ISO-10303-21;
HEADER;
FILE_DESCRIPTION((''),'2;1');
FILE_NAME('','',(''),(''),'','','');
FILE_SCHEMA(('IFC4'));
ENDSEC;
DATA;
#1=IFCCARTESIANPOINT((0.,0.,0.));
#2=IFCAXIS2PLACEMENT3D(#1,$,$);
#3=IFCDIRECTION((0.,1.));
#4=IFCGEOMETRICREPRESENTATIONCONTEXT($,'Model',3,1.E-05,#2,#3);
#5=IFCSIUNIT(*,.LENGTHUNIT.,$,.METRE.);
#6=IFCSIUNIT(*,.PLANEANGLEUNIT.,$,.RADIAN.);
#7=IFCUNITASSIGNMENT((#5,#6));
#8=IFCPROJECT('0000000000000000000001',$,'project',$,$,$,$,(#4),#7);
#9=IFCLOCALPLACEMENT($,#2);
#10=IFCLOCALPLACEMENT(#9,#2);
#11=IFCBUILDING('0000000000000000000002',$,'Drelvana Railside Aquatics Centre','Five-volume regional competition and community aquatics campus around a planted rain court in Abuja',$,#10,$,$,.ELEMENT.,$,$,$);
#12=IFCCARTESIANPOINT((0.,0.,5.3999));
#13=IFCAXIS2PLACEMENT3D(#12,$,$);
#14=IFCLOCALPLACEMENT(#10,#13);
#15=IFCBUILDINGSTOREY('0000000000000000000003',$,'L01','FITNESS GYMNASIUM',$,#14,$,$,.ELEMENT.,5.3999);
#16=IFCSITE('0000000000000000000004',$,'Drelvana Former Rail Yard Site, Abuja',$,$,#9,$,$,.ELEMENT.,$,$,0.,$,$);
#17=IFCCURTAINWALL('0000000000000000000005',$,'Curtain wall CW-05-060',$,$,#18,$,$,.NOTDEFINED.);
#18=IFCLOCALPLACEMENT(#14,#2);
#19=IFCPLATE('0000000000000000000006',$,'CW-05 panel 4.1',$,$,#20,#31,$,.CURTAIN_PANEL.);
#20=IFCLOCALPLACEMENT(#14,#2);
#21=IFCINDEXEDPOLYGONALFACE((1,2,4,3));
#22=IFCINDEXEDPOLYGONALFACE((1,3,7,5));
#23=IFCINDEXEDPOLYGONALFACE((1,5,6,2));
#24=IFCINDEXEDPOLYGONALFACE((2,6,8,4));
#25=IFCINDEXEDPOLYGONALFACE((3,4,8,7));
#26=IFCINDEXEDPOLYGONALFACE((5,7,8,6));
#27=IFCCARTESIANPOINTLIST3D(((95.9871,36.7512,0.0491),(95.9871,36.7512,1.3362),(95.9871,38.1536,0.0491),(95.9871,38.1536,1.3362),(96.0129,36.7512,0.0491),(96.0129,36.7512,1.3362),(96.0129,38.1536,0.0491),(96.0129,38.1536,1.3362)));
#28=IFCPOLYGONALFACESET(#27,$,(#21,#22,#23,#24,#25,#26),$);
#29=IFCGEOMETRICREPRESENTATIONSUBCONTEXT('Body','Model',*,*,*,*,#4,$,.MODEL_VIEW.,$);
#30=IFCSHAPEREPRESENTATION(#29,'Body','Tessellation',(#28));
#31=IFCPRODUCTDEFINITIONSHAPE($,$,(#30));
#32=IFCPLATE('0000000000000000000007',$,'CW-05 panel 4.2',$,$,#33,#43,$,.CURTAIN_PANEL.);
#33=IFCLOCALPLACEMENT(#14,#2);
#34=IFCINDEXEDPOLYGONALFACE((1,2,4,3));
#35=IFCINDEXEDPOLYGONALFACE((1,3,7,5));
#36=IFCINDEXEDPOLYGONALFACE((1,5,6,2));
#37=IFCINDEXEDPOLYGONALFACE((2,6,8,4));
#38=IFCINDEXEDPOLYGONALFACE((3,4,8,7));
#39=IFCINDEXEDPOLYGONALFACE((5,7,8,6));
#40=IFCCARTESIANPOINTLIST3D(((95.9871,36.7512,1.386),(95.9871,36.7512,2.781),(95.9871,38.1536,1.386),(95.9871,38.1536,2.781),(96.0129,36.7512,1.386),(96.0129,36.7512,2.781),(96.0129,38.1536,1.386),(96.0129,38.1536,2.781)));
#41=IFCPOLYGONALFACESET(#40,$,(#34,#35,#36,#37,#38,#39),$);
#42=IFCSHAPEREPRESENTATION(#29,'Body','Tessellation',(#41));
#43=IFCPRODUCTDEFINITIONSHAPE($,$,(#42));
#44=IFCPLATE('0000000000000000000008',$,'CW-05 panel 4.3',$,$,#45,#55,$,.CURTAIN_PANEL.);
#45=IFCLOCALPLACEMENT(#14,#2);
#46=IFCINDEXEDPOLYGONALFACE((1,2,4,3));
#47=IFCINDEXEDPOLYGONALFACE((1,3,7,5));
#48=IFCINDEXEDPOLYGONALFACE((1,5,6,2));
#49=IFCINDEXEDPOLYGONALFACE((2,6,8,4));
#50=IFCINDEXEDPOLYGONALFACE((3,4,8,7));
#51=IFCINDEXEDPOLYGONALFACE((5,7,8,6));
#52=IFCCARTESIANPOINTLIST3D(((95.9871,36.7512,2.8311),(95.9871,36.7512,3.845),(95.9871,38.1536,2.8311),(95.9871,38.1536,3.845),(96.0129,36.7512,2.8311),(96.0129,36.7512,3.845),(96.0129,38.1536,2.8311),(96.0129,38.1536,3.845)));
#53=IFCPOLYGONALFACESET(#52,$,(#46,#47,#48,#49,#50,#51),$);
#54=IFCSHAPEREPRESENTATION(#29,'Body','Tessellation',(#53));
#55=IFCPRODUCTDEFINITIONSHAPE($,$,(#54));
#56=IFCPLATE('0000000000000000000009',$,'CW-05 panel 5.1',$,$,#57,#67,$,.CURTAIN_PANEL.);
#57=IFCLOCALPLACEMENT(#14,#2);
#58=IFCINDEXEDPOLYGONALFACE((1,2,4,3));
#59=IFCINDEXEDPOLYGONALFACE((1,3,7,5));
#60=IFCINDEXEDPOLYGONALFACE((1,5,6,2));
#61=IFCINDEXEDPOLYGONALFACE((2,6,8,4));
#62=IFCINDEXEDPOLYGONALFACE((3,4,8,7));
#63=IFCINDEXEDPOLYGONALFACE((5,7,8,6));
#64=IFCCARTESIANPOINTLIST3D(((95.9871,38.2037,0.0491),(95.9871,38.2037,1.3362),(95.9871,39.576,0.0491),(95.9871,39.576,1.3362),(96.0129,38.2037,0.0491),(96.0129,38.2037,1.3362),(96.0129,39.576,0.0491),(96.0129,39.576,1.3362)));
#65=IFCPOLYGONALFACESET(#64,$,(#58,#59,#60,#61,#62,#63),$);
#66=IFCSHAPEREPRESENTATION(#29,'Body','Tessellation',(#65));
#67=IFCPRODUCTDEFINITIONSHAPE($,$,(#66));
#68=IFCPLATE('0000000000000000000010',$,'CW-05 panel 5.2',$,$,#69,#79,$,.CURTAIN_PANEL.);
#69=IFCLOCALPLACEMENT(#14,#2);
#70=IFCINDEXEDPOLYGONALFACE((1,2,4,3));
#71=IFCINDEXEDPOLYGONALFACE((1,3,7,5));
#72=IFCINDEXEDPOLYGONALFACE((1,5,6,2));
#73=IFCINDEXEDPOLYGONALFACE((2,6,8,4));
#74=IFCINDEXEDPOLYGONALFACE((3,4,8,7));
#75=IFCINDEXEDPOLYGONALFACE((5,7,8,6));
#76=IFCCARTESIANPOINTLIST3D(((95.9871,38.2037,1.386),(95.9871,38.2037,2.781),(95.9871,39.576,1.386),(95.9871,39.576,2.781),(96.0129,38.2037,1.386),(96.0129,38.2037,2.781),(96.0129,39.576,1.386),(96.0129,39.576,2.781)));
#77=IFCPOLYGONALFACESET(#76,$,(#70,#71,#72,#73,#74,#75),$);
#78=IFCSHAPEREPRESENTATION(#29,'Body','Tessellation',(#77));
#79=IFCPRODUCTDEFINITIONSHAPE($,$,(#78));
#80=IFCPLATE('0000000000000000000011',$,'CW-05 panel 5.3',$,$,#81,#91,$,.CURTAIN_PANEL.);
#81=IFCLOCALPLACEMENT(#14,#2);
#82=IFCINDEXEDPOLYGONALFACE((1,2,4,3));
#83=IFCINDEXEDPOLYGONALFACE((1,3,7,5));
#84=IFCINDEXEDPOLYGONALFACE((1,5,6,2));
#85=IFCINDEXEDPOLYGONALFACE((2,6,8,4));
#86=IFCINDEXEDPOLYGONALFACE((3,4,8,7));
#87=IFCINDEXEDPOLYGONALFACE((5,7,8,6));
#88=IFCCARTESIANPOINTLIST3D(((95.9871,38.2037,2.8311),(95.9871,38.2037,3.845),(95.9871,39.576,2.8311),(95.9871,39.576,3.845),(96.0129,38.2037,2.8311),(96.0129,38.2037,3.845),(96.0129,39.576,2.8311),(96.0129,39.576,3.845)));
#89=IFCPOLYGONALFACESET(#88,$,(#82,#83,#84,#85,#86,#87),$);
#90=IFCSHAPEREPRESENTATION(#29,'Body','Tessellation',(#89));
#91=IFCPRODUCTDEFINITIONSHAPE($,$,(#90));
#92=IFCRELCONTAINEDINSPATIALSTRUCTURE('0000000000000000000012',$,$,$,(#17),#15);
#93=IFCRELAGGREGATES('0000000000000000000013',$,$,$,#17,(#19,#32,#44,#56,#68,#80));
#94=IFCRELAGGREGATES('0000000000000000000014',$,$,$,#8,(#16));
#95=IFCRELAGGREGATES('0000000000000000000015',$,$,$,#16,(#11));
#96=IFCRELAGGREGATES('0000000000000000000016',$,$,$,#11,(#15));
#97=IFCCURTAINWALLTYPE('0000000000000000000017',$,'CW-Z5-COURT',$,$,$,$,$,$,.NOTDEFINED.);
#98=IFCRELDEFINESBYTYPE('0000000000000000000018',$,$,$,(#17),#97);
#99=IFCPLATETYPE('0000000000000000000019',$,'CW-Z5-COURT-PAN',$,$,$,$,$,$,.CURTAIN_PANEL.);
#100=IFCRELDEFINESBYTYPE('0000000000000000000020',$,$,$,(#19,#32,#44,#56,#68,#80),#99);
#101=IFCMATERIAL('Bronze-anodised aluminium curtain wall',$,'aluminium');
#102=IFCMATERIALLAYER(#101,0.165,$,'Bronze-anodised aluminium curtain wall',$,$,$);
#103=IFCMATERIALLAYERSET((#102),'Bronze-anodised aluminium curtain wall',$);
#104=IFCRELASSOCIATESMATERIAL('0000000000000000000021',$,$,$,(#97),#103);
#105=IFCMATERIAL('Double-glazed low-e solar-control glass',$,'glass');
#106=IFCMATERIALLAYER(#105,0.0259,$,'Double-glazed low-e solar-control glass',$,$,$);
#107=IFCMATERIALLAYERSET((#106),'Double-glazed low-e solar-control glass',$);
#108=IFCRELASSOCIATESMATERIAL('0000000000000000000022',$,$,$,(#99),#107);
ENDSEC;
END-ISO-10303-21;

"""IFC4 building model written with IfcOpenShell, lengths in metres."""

from ifc_helpers import new_model, si_unit, direction, frame, origin, origin_2d, place, context, subcontext, project, spatial, rectangle, extrude, material, layer, layer_set, type_object, element, aggregate, save


model = new_model("IFC4")

# Units and contexts
model_context = context("Model", 3, precision=1e-05, world=origin(), true_north=direction((0.0, 1.0)))
body_context = subcontext(model_context, "Body", "Model", "MODEL_VIEW")
ifc_project = project(units=[si_unit("LENGTHUNIT", "METRE"), si_unit("PLANEANGLEUNIT", "RADIAN")], contexts=[model_context])

# Site, building, storey
site_placement = place(None, origin())
site = spatial("IfcSite", under=ifc_project, at=site_placement, Name="Drelvana Former Rail Yard Site, Abuja", CompositionType="ELEMENT", RefElevation=0.0)
building_placement = place(site_placement, origin())
building = spatial("IfcBuilding", under=site, at=building_placement, Name="Drelvana Railside Aquatics Centre", Description="Five-volume regional competition and community aquatics campus around a planted rain court in Abuja", CompositionType="ELEMENT")
storey_placement = place(building_placement, frame((0.0, 0.0, 5.3999)))
storey = spatial("IfcBuildingStorey", under=building, at=storey_placement, Name="L01", Description="FITNESS GYMNASIUM", CompositionType="ELEMENT", Elevation=5.3999)

# Curtain wall
ifc_material_1 = material(Name="Bronze-anodised aluminium curtain wall", Category="aluminium")
ifc_layer_1 = layer(ifc_material_1, 0.165, Name="Bronze-anodised aluminium curtain wall")
ifc_layer_set_1 = layer_set([ifc_layer_1], Name="Bronze-anodised aluminium curtain wall")
curtain_wall_type = type_object("IfcCurtainWallType", Name="CW-Z5-COURT", PredefinedType="NOTDEFINED", material=ifc_layer_set_1)
curtain_wall_1_placement = place(storey_placement, origin())
curtain_wall_1 = element("IfcCurtainWall", 1, at=curtain_wall_1_placement, inside=storey, type_object=curtain_wall_type, Name="Curtain wall CW-05-060", PredefinedType="NOTDEFINED")

# Plates
ifc_material_2 = material(Name="Double-glazed low-e solar-control glass", Category="glass")
ifc_layer_2 = layer(ifc_material_2, 0.0259, Name="Double-glazed low-e solar-control glass")
ifc_layer_set_2 = layer_set([ifc_layer_2], Name="Double-glazed low-e solar-control glass")
plate_type = type_object("IfcPlateType", Name="CW-Z5-COURT-PAN", PredefinedType="CURTAIN_PANEL", material=ifc_layer_set_2)
plate_1_placement = place(storey_placement, frame((96.0, 37.4524, 0.0491), z_axis=(0.0, 0.0, 1.0), x_axis=(0.0, 1.0, 0.0)))
plate_1 = element("IfcPlate", 2, at=plate_1_placement, type_object=plate_type, Name="CW-05 panel 4.1", PredefinedType="CURTAIN_PANEL", context=body_context, shape_type="SweptSolid", body=[
    extrude(rectangle(XDim=1.4023, YDim=0.0259, at=origin_2d()), origin(), (0.0, 0.0, 1.0), 1.2871),
])
plate_2_placement = place(storey_placement, frame((96.0, 37.4524, 1.386), z_axis=(0.0, 0.0, 1.0), x_axis=(0.0, 1.0, 0.0)))
plate_2 = element("IfcPlate", 3, at=plate_2_placement, type_object=plate_type, Name="CW-05 panel 4.2", PredefinedType="CURTAIN_PANEL", context=body_context, shape_type="SweptSolid", body=[
    extrude(rectangle(XDim=1.4023, YDim=0.0259, at=origin_2d()), origin(), (0.0, 0.0, 1.0), 1.395),
])
plate_3_placement = place(storey_placement, frame((96.0, 37.4524, 2.8311), z_axis=(0.0, 0.0, 1.0), x_axis=(0.0, 1.0, 0.0)))
plate_3 = element("IfcPlate", 4, at=plate_3_placement, type_object=plate_type, Name="CW-05 panel 4.3", PredefinedType="CURTAIN_PANEL", context=body_context, shape_type="SweptSolid", body=[
    extrude(rectangle(XDim=1.4023, YDim=0.0259, at=origin_2d()), origin(), (0.0, 0.0, 1.0), 1.0139),
])
plate_4_placement = place(storey_placement, frame((96.0, 38.8899, 0.0491), z_axis=(0.0, 0.0, 1.0), x_axis=(0.0, 1.0, 0.0)))
plate_4 = element("IfcPlate", 5, at=plate_4_placement, type_object=plate_type, Name="CW-05 panel 5.1", PredefinedType="CURTAIN_PANEL", context=body_context, shape_type="SweptSolid", body=[
    extrude(rectangle(XDim=1.3723, YDim=0.0259, at=origin_2d()), origin(), (0.0, 0.0, 1.0), 1.2871),
])
plate_5_placement = place(storey_placement, frame((96.0, 38.8899, 1.386), z_axis=(0.0, 0.0, 1.0), x_axis=(0.0, 1.0, 0.0)))
plate_5 = element("IfcPlate", 6, at=plate_5_placement, type_object=plate_type, Name="CW-05 panel 5.2", PredefinedType="CURTAIN_PANEL", context=body_context, shape_type="SweptSolid", body=[
    extrude(rectangle(XDim=1.3723, YDim=0.0259, at=origin_2d()), origin(), (0.0, 0.0, 1.0), 1.395),
])
plate_6_placement = place(storey_placement, frame((96.0, 38.8899, 2.8311), z_axis=(0.0, 0.0, 1.0), x_axis=(0.0, 1.0, 0.0)))
plate_6 = element("IfcPlate", 7, at=plate_6_placement, type_object=plate_type, Name="CW-05 panel 5.3", PredefinedType="CURTAIN_PANEL", context=body_context, shape_type="SweptSolid", body=[
    extrude(rectangle(XDim=1.3723, YDim=0.0259, at=origin_2d()), origin(), (0.0, 0.0, 1.0), 1.0139),
])
aggregate(curtain_wall_1, [plate_1, plate_2, plate_3, plate_4, plate_5, plate_6])

save(model, "model.ifc")
